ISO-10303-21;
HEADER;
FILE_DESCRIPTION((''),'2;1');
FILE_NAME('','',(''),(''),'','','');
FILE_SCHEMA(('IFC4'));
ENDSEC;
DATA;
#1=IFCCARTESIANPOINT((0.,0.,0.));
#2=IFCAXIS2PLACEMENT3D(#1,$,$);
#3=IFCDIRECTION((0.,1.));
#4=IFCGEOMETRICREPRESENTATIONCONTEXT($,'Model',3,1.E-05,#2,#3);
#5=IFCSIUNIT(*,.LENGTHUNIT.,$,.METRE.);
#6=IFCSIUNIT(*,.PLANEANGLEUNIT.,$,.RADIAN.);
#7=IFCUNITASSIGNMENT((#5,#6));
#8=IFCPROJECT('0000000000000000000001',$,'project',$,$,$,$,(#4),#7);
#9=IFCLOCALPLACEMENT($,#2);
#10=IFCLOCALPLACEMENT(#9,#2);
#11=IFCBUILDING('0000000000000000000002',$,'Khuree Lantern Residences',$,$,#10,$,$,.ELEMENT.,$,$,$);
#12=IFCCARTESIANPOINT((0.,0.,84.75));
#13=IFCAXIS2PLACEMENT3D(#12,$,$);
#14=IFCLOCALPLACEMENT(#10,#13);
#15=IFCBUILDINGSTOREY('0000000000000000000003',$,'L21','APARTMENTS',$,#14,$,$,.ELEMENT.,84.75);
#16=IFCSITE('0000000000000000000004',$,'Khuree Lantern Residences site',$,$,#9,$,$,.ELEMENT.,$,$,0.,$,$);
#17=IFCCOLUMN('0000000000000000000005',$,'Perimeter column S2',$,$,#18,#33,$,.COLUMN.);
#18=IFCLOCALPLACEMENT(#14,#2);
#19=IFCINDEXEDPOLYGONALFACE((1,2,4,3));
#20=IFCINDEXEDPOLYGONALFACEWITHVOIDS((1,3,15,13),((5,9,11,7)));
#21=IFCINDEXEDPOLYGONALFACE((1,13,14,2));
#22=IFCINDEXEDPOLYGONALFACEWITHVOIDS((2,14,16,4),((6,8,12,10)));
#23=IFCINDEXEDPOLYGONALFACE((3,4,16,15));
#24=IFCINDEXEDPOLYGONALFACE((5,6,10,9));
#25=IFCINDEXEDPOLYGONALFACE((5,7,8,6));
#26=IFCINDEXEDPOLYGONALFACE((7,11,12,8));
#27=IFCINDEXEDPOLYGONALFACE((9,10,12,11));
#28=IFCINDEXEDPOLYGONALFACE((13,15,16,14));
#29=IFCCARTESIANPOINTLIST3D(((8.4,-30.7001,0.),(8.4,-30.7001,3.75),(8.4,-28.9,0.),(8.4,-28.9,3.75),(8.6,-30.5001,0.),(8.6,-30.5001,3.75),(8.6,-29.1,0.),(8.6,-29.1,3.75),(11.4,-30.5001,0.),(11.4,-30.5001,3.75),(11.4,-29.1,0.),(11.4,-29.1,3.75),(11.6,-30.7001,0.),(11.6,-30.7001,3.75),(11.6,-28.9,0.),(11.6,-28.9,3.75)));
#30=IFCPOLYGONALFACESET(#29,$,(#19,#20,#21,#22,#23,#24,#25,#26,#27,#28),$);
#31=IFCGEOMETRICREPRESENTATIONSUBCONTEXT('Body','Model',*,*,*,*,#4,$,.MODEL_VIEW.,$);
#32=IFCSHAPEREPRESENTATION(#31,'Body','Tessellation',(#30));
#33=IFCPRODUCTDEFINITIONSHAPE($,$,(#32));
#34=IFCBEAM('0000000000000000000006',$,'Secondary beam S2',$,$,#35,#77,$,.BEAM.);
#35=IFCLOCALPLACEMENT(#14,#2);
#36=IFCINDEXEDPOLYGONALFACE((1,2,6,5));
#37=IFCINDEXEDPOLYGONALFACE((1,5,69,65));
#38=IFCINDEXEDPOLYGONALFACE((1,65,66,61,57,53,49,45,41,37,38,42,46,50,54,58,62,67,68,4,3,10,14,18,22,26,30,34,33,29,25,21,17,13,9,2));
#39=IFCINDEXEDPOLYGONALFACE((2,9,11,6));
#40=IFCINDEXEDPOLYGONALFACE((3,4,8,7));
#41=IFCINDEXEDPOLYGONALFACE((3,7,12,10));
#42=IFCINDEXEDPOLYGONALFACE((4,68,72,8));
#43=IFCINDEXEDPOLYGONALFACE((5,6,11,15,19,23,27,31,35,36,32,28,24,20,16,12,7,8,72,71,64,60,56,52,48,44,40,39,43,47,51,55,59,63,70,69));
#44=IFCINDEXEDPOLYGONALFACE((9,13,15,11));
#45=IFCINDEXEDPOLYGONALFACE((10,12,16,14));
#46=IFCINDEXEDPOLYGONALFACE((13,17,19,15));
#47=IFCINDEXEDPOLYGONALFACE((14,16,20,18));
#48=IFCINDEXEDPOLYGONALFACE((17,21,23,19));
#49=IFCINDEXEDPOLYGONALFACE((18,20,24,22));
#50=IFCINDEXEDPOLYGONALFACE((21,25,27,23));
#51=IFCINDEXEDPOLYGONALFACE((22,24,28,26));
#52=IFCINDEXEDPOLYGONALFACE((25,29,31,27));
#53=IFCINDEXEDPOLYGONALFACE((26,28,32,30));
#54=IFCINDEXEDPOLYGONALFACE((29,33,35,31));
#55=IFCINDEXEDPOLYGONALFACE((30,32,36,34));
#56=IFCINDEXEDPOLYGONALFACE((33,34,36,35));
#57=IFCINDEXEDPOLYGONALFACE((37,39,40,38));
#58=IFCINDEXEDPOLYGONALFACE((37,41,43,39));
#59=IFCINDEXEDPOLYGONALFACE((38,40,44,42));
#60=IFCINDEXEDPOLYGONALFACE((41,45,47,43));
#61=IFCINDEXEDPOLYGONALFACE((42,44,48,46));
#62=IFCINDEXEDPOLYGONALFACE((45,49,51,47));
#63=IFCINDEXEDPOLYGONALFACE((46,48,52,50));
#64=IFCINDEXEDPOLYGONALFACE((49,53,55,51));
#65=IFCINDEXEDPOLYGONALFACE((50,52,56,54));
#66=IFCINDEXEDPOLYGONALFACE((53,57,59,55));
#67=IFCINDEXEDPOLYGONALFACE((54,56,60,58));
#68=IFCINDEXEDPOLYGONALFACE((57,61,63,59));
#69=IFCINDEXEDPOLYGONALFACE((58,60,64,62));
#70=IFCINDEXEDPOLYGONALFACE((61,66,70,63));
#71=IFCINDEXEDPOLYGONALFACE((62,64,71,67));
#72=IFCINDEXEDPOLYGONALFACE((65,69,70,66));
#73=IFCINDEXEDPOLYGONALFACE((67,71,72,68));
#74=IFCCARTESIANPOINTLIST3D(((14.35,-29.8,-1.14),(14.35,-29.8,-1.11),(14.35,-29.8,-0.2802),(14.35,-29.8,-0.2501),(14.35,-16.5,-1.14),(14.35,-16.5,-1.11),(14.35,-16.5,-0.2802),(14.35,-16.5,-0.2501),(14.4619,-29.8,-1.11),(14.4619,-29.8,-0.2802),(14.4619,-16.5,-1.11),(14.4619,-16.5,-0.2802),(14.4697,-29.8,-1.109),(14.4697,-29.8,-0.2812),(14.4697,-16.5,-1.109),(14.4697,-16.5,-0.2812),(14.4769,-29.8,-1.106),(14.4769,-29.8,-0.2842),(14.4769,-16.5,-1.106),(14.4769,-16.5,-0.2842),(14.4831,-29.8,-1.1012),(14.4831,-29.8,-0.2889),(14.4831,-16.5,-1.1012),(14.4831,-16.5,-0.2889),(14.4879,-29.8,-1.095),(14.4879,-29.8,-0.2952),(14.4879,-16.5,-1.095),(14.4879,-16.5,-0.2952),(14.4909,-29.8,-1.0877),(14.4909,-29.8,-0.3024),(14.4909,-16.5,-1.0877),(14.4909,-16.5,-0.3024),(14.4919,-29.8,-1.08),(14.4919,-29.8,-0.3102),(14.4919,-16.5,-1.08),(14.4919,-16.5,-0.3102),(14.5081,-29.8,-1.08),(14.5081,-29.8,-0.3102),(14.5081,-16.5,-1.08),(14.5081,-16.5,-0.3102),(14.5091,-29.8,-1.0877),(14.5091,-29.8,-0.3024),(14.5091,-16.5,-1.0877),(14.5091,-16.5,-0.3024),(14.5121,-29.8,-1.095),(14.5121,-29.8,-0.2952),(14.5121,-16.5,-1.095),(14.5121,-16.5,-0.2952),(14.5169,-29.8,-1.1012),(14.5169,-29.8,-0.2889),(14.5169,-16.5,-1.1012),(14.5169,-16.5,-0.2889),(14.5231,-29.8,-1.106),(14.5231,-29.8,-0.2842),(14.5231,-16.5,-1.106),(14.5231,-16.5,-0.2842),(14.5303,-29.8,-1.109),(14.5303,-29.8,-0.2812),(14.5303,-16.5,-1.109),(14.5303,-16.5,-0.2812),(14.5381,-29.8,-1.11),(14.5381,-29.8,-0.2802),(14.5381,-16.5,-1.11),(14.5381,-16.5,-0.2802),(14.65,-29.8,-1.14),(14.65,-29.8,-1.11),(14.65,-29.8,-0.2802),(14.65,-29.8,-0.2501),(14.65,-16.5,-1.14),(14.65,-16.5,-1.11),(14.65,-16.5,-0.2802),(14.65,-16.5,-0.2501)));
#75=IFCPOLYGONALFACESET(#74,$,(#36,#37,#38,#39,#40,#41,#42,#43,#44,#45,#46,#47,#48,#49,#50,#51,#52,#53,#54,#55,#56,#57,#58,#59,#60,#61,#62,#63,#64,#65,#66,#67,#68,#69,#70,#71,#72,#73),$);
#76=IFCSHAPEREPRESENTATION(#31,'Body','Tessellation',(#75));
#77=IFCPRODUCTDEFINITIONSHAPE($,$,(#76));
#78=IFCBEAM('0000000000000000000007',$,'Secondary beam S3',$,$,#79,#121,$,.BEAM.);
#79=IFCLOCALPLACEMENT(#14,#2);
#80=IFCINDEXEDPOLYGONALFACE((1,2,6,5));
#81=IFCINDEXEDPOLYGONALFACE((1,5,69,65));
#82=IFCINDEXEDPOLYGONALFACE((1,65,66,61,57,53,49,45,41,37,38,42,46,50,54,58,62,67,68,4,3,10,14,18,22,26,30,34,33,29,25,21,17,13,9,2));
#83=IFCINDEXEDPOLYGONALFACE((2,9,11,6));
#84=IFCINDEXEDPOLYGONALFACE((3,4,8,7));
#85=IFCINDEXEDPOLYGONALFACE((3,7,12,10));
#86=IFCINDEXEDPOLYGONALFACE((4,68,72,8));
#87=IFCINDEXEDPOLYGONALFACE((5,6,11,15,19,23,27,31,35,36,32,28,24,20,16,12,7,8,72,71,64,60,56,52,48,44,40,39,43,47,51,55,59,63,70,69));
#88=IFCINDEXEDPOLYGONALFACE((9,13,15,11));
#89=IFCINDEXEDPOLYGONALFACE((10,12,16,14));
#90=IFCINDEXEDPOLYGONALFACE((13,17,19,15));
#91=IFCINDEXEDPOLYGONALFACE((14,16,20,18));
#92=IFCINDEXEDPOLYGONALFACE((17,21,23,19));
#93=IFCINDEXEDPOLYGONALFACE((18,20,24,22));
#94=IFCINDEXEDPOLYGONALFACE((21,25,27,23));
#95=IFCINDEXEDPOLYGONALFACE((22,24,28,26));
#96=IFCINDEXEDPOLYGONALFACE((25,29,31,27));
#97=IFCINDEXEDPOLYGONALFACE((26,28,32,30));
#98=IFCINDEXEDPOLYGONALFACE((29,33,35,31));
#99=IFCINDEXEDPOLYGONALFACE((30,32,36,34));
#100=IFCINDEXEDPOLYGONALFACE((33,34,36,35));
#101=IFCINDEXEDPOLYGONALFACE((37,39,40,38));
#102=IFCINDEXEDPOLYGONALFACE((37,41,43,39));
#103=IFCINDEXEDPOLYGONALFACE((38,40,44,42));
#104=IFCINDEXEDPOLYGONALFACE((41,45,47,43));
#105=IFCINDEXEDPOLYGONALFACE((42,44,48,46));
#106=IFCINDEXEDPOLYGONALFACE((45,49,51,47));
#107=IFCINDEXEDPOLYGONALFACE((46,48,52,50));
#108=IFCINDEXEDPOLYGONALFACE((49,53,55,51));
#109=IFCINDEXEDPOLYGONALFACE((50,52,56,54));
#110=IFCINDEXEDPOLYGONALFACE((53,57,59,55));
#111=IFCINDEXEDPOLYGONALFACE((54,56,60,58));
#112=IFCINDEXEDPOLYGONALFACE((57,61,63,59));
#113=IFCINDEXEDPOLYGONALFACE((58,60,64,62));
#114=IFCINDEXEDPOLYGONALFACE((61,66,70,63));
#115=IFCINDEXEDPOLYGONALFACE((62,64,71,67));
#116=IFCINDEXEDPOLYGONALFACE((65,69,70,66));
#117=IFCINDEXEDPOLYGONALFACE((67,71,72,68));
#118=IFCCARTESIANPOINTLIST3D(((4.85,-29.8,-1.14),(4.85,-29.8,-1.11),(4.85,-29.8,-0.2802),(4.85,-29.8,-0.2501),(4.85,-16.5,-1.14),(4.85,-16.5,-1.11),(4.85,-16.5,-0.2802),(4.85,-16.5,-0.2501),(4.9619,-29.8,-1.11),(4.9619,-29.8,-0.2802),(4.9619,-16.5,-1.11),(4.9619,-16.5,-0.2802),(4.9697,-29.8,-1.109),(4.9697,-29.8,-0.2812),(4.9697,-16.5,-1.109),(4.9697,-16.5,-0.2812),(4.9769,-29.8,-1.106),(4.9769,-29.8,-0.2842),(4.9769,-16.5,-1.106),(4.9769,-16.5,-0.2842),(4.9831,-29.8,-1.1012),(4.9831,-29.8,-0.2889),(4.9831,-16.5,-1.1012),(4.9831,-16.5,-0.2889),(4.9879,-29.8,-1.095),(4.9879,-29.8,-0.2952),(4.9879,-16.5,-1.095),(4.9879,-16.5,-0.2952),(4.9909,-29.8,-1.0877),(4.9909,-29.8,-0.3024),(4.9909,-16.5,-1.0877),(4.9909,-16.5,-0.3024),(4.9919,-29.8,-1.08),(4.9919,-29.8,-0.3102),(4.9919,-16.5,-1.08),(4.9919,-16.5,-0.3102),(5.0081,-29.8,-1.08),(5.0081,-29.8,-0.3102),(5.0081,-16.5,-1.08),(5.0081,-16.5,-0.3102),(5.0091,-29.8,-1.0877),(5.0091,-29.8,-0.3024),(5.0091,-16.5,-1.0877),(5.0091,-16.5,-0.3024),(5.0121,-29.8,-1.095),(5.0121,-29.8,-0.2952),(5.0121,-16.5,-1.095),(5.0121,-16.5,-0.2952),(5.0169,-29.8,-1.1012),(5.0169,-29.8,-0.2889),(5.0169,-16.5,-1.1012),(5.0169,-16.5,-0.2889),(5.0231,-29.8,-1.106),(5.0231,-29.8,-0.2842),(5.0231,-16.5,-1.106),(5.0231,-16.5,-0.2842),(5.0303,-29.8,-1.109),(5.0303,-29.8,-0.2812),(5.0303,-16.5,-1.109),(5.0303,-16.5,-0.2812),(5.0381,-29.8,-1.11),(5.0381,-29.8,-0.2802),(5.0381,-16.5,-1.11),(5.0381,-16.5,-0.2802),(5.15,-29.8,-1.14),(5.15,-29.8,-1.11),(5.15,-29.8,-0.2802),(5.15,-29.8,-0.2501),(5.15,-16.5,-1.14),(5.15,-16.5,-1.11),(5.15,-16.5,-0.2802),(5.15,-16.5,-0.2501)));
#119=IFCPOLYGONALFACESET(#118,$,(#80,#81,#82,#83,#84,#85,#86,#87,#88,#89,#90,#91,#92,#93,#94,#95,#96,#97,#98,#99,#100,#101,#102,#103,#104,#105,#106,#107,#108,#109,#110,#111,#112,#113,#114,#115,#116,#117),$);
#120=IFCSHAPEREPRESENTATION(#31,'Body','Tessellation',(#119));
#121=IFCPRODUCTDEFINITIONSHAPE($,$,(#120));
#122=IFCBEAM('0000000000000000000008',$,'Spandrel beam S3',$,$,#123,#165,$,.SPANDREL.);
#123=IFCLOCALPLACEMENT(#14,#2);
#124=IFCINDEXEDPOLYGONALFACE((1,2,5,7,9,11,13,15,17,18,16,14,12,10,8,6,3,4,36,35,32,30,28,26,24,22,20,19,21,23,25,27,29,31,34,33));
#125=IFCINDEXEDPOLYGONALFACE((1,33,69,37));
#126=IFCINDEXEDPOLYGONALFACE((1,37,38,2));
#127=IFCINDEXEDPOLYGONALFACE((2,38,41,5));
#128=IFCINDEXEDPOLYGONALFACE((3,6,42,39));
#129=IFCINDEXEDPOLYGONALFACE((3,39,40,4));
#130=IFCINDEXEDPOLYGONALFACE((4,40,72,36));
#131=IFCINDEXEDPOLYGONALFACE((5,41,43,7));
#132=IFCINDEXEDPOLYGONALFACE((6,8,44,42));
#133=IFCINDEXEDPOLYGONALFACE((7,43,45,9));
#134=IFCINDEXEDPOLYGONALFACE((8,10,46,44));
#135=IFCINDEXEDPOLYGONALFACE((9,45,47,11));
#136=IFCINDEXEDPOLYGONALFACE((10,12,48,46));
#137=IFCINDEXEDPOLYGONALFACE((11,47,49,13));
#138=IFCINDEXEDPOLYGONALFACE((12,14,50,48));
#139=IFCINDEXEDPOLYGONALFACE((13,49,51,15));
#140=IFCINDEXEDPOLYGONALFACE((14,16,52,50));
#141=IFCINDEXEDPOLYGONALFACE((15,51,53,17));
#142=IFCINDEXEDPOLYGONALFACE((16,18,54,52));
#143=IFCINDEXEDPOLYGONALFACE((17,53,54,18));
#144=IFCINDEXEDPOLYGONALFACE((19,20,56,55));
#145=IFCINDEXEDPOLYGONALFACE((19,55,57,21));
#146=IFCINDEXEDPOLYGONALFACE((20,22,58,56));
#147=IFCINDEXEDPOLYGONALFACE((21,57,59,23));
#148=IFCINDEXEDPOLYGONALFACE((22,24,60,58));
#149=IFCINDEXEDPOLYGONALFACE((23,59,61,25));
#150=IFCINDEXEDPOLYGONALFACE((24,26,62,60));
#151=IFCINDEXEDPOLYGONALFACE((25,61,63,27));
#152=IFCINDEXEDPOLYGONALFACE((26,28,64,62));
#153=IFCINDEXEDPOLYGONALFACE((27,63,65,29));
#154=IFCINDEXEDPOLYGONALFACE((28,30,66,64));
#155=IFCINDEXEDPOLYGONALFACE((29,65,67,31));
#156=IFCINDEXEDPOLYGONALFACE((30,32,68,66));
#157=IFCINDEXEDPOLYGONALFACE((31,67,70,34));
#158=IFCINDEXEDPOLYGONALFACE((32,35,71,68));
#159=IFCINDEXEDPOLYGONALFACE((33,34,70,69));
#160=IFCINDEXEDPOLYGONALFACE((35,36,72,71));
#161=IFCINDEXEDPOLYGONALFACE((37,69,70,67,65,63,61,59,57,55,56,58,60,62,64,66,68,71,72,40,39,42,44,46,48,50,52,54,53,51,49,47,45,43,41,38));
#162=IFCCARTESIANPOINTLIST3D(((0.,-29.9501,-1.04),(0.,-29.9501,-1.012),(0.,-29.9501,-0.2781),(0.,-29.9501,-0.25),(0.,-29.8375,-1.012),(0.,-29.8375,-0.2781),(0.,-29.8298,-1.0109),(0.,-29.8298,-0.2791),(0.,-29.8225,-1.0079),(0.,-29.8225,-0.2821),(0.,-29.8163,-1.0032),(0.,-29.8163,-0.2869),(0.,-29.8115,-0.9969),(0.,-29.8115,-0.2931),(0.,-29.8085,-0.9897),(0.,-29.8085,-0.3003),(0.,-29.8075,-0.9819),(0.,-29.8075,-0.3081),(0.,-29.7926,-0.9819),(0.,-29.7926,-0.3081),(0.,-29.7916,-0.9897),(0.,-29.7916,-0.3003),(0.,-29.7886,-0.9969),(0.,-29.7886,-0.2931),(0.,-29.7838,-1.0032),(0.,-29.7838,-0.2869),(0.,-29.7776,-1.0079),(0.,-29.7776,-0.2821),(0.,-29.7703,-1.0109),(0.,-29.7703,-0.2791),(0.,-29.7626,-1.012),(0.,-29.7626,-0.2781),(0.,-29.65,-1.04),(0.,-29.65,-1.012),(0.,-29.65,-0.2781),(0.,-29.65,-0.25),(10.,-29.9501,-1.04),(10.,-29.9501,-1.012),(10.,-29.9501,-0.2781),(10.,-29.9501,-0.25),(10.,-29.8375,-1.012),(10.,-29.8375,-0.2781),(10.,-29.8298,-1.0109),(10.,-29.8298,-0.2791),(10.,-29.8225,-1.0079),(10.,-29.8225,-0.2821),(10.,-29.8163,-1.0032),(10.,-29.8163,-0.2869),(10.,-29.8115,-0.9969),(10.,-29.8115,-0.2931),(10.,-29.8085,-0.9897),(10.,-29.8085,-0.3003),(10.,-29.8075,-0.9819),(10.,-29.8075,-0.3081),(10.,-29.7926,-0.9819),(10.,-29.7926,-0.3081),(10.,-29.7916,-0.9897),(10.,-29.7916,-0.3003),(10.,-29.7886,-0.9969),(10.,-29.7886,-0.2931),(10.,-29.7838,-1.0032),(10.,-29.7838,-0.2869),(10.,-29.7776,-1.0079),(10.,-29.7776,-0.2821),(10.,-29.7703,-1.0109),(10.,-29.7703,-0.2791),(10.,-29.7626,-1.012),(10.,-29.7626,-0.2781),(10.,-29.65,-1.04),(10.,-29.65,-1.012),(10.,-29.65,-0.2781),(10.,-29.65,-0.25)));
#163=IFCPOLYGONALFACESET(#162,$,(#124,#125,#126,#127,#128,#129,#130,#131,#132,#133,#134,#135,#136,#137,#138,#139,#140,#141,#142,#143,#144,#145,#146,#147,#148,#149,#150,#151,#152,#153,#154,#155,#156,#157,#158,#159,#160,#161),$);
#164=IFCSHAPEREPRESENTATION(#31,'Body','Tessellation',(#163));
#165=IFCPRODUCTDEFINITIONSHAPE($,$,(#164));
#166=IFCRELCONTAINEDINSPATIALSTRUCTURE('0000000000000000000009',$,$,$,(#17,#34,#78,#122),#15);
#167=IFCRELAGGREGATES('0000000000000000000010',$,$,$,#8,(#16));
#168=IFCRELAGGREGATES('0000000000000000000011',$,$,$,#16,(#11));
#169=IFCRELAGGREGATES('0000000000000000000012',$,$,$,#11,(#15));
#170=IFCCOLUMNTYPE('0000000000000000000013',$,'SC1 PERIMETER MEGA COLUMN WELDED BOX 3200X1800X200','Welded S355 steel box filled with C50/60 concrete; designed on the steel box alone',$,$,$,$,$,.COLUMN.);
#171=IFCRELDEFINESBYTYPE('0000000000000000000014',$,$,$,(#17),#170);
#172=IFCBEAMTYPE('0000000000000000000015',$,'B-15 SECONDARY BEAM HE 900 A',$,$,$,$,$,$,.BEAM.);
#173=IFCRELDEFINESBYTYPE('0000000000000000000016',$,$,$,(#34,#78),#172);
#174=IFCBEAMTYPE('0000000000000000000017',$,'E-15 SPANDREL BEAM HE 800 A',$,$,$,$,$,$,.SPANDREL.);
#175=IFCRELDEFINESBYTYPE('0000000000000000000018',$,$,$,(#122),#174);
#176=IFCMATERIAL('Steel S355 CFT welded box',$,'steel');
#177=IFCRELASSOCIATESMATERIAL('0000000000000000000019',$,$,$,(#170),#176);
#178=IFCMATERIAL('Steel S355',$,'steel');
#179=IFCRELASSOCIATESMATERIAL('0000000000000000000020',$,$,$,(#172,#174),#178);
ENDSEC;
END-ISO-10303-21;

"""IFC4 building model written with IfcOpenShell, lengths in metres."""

from ifc_helpers import new_model, si_unit, direction, frame, origin, origin_2d, place, context, subcontext, project, spatial, hollow_rectangle, i_section, extrude, material, material_profile, profile_set, type_object, element, save


model = new_model("IFC4")

# Units and contexts
model_context = context("Model", 3, precision=1e-05, world=origin(), true_north=direction((0.0, 1.0)))
body_context = subcontext(model_context, "Body", "Model", "MODEL_VIEW")
ifc_project = project(units=[si_unit("LENGTHUNIT", "METRE"), si_unit("PLANEANGLEUNIT", "RADIAN")], contexts=[model_context])

# Site, building, storey
site_placement = place(None, origin())
site = spatial("IfcSite", under=ifc_project, at=site_placement, Name="Khuree Lantern Residences site", CompositionType="ELEMENT", RefElevation=0.0)
building_placement = place(site_placement, origin())
building = spatial("IfcBuilding", under=site, at=building_placement, Name="Khuree Lantern Residences", CompositionType="ELEMENT")
storey_placement = place(building_placement, frame((0.0, 0.0, 84.75)))
storey = spatial("IfcBuildingStorey", under=building, at=storey_placement, Name="L21", Description="APARTMENTS", CompositionType="ELEMENT", Elevation=84.75)

# Column
ifc_material_1 = material(Name="Steel S355 CFT welded box", Category="steel")
ifc_material_profile_1 = material_profile(ifc_material_1, hollow_rectangle(XDim=3.2, YDim=1.8, WallThickness=0.2, at=origin_2d()), Name="WELDED BOX 3200X1800X200")
ifc_profile_set_1 = profile_set([ifc_material_profile_1], Name="Steel S355 CFT welded box")
column_type = type_object("IfcColumnType", Name="SC1 PERIMETER MEGA COLUMN WELDED BOX 3200X1800X200", Description="Welded S355 steel box filled with C50/60 concrete; designed on the steel box alone", PredefinedType="COLUMN", material=ifc_profile_set_1)
column_placement = place(storey_placement, frame((10.0, -29.8, 0.0), z_axis=(0.0, 0.0, 1.0), x_axis=(1.0, 0.0, 0.0)))
element("IfcColumn", 1, at=column_placement, inside=storey, type_object=column_type, Name="Perimeter column S2", PredefinedType="COLUMN", context=body_context, shape_type="SweptSolid", body=[
    extrude(hollow_rectangle(XDim=3.2, YDim=1.8, WallThickness=0.2, at=origin_2d()), origin(), (0.0, 0.0, 1.0), 3.75),
])

# Beams
ifc_material_2 = material(Name="Steel S355", Category="steel")
ifc_material_profile_2 = material_profile(ifc_material_2, i_section(OverallWidth=0.3, OverallDepth=0.8899, WebThickness=0.0161, FlangeThickness=0.03, FilletRadius=0.03, at=origin_2d()), Name="HE 900 A")
ifc_profile_set_2 = profile_set([ifc_material_profile_2], Name="Steel S355")
beam_type_1 = type_object("IfcBeamType", Name="B-15 SECONDARY BEAM HE 900 A", PredefinedType="BEAM", material=ifc_profile_set_2)
for number, where, z_axis, x_axis, name in (
    (2, (14.5, -29.8, -0.6951), (0.0, 1.0, 0.0), (-1.0, 0.0, 0.0), "Secondary beam S2"),
    (3, (5.0, -29.8, -0.6951), (0.0, 1.0, 0.0), (-1.0, 0.0, 0.0), "Secondary beam S3"),
):
    element("IfcBeam", number, at=place(storey_placement, frame(where, z_axis=z_axis, x_axis=x_axis)), inside=storey, type_object=beam_type_1, Name=name, PredefinedType="BEAM", context=body_context, shape_type="SweptSolid", body=[
        extrude(i_section(OverallWidth=0.3, OverallDepth=0.8899, WebThickness=0.0161, FlangeThickness=0.03, FilletRadius=0.03, at=origin_2d()), origin(), (0.0, 0.0, 1.0), 13.3),
    ])
ifc_material_profile_3 = material_profile(ifc_material_2, i_section(OverallWidth=0.3, OverallDepth=0.79, WebThickness=0.0149, FlangeThickness=0.0281, FilletRadius=0.03, at=origin_2d()), Name="HE 800 A")
ifc_profile_set_3 = profile_set([ifc_material_profile_3], Name="Steel S355")
beam_type_2 = type_object("IfcBeamType", Name="E-15 SPANDREL BEAM HE 800 A", PredefinedType="SPANDREL", material=ifc_profile_set_3)
for number, where, z_axis, x_axis, name in (
    (4, (10.0, -29.8, -0.645), (-1.0, 0.0, 0.0), (0.0, -1.0, 0.0), "Spandrel beam S3"),
):
    element("IfcBeam", number, at=place(storey_placement, frame(where, z_axis=z_axis, x_axis=x_axis)), inside=storey, type_object=beam_type_2, Name=name, PredefinedType="SPANDREL", context=body_context, shape_type="SweptSolid", body=[
        extrude(i_section(OverallWidth=0.3, OverallDepth=0.79, WebThickness=0.0149, FlangeThickness=0.0281, FilletRadius=0.03, at=origin_2d()), origin(), (0.0, 0.0, 1.0), 10.0),
    ])

save(model, "model.ifc")
